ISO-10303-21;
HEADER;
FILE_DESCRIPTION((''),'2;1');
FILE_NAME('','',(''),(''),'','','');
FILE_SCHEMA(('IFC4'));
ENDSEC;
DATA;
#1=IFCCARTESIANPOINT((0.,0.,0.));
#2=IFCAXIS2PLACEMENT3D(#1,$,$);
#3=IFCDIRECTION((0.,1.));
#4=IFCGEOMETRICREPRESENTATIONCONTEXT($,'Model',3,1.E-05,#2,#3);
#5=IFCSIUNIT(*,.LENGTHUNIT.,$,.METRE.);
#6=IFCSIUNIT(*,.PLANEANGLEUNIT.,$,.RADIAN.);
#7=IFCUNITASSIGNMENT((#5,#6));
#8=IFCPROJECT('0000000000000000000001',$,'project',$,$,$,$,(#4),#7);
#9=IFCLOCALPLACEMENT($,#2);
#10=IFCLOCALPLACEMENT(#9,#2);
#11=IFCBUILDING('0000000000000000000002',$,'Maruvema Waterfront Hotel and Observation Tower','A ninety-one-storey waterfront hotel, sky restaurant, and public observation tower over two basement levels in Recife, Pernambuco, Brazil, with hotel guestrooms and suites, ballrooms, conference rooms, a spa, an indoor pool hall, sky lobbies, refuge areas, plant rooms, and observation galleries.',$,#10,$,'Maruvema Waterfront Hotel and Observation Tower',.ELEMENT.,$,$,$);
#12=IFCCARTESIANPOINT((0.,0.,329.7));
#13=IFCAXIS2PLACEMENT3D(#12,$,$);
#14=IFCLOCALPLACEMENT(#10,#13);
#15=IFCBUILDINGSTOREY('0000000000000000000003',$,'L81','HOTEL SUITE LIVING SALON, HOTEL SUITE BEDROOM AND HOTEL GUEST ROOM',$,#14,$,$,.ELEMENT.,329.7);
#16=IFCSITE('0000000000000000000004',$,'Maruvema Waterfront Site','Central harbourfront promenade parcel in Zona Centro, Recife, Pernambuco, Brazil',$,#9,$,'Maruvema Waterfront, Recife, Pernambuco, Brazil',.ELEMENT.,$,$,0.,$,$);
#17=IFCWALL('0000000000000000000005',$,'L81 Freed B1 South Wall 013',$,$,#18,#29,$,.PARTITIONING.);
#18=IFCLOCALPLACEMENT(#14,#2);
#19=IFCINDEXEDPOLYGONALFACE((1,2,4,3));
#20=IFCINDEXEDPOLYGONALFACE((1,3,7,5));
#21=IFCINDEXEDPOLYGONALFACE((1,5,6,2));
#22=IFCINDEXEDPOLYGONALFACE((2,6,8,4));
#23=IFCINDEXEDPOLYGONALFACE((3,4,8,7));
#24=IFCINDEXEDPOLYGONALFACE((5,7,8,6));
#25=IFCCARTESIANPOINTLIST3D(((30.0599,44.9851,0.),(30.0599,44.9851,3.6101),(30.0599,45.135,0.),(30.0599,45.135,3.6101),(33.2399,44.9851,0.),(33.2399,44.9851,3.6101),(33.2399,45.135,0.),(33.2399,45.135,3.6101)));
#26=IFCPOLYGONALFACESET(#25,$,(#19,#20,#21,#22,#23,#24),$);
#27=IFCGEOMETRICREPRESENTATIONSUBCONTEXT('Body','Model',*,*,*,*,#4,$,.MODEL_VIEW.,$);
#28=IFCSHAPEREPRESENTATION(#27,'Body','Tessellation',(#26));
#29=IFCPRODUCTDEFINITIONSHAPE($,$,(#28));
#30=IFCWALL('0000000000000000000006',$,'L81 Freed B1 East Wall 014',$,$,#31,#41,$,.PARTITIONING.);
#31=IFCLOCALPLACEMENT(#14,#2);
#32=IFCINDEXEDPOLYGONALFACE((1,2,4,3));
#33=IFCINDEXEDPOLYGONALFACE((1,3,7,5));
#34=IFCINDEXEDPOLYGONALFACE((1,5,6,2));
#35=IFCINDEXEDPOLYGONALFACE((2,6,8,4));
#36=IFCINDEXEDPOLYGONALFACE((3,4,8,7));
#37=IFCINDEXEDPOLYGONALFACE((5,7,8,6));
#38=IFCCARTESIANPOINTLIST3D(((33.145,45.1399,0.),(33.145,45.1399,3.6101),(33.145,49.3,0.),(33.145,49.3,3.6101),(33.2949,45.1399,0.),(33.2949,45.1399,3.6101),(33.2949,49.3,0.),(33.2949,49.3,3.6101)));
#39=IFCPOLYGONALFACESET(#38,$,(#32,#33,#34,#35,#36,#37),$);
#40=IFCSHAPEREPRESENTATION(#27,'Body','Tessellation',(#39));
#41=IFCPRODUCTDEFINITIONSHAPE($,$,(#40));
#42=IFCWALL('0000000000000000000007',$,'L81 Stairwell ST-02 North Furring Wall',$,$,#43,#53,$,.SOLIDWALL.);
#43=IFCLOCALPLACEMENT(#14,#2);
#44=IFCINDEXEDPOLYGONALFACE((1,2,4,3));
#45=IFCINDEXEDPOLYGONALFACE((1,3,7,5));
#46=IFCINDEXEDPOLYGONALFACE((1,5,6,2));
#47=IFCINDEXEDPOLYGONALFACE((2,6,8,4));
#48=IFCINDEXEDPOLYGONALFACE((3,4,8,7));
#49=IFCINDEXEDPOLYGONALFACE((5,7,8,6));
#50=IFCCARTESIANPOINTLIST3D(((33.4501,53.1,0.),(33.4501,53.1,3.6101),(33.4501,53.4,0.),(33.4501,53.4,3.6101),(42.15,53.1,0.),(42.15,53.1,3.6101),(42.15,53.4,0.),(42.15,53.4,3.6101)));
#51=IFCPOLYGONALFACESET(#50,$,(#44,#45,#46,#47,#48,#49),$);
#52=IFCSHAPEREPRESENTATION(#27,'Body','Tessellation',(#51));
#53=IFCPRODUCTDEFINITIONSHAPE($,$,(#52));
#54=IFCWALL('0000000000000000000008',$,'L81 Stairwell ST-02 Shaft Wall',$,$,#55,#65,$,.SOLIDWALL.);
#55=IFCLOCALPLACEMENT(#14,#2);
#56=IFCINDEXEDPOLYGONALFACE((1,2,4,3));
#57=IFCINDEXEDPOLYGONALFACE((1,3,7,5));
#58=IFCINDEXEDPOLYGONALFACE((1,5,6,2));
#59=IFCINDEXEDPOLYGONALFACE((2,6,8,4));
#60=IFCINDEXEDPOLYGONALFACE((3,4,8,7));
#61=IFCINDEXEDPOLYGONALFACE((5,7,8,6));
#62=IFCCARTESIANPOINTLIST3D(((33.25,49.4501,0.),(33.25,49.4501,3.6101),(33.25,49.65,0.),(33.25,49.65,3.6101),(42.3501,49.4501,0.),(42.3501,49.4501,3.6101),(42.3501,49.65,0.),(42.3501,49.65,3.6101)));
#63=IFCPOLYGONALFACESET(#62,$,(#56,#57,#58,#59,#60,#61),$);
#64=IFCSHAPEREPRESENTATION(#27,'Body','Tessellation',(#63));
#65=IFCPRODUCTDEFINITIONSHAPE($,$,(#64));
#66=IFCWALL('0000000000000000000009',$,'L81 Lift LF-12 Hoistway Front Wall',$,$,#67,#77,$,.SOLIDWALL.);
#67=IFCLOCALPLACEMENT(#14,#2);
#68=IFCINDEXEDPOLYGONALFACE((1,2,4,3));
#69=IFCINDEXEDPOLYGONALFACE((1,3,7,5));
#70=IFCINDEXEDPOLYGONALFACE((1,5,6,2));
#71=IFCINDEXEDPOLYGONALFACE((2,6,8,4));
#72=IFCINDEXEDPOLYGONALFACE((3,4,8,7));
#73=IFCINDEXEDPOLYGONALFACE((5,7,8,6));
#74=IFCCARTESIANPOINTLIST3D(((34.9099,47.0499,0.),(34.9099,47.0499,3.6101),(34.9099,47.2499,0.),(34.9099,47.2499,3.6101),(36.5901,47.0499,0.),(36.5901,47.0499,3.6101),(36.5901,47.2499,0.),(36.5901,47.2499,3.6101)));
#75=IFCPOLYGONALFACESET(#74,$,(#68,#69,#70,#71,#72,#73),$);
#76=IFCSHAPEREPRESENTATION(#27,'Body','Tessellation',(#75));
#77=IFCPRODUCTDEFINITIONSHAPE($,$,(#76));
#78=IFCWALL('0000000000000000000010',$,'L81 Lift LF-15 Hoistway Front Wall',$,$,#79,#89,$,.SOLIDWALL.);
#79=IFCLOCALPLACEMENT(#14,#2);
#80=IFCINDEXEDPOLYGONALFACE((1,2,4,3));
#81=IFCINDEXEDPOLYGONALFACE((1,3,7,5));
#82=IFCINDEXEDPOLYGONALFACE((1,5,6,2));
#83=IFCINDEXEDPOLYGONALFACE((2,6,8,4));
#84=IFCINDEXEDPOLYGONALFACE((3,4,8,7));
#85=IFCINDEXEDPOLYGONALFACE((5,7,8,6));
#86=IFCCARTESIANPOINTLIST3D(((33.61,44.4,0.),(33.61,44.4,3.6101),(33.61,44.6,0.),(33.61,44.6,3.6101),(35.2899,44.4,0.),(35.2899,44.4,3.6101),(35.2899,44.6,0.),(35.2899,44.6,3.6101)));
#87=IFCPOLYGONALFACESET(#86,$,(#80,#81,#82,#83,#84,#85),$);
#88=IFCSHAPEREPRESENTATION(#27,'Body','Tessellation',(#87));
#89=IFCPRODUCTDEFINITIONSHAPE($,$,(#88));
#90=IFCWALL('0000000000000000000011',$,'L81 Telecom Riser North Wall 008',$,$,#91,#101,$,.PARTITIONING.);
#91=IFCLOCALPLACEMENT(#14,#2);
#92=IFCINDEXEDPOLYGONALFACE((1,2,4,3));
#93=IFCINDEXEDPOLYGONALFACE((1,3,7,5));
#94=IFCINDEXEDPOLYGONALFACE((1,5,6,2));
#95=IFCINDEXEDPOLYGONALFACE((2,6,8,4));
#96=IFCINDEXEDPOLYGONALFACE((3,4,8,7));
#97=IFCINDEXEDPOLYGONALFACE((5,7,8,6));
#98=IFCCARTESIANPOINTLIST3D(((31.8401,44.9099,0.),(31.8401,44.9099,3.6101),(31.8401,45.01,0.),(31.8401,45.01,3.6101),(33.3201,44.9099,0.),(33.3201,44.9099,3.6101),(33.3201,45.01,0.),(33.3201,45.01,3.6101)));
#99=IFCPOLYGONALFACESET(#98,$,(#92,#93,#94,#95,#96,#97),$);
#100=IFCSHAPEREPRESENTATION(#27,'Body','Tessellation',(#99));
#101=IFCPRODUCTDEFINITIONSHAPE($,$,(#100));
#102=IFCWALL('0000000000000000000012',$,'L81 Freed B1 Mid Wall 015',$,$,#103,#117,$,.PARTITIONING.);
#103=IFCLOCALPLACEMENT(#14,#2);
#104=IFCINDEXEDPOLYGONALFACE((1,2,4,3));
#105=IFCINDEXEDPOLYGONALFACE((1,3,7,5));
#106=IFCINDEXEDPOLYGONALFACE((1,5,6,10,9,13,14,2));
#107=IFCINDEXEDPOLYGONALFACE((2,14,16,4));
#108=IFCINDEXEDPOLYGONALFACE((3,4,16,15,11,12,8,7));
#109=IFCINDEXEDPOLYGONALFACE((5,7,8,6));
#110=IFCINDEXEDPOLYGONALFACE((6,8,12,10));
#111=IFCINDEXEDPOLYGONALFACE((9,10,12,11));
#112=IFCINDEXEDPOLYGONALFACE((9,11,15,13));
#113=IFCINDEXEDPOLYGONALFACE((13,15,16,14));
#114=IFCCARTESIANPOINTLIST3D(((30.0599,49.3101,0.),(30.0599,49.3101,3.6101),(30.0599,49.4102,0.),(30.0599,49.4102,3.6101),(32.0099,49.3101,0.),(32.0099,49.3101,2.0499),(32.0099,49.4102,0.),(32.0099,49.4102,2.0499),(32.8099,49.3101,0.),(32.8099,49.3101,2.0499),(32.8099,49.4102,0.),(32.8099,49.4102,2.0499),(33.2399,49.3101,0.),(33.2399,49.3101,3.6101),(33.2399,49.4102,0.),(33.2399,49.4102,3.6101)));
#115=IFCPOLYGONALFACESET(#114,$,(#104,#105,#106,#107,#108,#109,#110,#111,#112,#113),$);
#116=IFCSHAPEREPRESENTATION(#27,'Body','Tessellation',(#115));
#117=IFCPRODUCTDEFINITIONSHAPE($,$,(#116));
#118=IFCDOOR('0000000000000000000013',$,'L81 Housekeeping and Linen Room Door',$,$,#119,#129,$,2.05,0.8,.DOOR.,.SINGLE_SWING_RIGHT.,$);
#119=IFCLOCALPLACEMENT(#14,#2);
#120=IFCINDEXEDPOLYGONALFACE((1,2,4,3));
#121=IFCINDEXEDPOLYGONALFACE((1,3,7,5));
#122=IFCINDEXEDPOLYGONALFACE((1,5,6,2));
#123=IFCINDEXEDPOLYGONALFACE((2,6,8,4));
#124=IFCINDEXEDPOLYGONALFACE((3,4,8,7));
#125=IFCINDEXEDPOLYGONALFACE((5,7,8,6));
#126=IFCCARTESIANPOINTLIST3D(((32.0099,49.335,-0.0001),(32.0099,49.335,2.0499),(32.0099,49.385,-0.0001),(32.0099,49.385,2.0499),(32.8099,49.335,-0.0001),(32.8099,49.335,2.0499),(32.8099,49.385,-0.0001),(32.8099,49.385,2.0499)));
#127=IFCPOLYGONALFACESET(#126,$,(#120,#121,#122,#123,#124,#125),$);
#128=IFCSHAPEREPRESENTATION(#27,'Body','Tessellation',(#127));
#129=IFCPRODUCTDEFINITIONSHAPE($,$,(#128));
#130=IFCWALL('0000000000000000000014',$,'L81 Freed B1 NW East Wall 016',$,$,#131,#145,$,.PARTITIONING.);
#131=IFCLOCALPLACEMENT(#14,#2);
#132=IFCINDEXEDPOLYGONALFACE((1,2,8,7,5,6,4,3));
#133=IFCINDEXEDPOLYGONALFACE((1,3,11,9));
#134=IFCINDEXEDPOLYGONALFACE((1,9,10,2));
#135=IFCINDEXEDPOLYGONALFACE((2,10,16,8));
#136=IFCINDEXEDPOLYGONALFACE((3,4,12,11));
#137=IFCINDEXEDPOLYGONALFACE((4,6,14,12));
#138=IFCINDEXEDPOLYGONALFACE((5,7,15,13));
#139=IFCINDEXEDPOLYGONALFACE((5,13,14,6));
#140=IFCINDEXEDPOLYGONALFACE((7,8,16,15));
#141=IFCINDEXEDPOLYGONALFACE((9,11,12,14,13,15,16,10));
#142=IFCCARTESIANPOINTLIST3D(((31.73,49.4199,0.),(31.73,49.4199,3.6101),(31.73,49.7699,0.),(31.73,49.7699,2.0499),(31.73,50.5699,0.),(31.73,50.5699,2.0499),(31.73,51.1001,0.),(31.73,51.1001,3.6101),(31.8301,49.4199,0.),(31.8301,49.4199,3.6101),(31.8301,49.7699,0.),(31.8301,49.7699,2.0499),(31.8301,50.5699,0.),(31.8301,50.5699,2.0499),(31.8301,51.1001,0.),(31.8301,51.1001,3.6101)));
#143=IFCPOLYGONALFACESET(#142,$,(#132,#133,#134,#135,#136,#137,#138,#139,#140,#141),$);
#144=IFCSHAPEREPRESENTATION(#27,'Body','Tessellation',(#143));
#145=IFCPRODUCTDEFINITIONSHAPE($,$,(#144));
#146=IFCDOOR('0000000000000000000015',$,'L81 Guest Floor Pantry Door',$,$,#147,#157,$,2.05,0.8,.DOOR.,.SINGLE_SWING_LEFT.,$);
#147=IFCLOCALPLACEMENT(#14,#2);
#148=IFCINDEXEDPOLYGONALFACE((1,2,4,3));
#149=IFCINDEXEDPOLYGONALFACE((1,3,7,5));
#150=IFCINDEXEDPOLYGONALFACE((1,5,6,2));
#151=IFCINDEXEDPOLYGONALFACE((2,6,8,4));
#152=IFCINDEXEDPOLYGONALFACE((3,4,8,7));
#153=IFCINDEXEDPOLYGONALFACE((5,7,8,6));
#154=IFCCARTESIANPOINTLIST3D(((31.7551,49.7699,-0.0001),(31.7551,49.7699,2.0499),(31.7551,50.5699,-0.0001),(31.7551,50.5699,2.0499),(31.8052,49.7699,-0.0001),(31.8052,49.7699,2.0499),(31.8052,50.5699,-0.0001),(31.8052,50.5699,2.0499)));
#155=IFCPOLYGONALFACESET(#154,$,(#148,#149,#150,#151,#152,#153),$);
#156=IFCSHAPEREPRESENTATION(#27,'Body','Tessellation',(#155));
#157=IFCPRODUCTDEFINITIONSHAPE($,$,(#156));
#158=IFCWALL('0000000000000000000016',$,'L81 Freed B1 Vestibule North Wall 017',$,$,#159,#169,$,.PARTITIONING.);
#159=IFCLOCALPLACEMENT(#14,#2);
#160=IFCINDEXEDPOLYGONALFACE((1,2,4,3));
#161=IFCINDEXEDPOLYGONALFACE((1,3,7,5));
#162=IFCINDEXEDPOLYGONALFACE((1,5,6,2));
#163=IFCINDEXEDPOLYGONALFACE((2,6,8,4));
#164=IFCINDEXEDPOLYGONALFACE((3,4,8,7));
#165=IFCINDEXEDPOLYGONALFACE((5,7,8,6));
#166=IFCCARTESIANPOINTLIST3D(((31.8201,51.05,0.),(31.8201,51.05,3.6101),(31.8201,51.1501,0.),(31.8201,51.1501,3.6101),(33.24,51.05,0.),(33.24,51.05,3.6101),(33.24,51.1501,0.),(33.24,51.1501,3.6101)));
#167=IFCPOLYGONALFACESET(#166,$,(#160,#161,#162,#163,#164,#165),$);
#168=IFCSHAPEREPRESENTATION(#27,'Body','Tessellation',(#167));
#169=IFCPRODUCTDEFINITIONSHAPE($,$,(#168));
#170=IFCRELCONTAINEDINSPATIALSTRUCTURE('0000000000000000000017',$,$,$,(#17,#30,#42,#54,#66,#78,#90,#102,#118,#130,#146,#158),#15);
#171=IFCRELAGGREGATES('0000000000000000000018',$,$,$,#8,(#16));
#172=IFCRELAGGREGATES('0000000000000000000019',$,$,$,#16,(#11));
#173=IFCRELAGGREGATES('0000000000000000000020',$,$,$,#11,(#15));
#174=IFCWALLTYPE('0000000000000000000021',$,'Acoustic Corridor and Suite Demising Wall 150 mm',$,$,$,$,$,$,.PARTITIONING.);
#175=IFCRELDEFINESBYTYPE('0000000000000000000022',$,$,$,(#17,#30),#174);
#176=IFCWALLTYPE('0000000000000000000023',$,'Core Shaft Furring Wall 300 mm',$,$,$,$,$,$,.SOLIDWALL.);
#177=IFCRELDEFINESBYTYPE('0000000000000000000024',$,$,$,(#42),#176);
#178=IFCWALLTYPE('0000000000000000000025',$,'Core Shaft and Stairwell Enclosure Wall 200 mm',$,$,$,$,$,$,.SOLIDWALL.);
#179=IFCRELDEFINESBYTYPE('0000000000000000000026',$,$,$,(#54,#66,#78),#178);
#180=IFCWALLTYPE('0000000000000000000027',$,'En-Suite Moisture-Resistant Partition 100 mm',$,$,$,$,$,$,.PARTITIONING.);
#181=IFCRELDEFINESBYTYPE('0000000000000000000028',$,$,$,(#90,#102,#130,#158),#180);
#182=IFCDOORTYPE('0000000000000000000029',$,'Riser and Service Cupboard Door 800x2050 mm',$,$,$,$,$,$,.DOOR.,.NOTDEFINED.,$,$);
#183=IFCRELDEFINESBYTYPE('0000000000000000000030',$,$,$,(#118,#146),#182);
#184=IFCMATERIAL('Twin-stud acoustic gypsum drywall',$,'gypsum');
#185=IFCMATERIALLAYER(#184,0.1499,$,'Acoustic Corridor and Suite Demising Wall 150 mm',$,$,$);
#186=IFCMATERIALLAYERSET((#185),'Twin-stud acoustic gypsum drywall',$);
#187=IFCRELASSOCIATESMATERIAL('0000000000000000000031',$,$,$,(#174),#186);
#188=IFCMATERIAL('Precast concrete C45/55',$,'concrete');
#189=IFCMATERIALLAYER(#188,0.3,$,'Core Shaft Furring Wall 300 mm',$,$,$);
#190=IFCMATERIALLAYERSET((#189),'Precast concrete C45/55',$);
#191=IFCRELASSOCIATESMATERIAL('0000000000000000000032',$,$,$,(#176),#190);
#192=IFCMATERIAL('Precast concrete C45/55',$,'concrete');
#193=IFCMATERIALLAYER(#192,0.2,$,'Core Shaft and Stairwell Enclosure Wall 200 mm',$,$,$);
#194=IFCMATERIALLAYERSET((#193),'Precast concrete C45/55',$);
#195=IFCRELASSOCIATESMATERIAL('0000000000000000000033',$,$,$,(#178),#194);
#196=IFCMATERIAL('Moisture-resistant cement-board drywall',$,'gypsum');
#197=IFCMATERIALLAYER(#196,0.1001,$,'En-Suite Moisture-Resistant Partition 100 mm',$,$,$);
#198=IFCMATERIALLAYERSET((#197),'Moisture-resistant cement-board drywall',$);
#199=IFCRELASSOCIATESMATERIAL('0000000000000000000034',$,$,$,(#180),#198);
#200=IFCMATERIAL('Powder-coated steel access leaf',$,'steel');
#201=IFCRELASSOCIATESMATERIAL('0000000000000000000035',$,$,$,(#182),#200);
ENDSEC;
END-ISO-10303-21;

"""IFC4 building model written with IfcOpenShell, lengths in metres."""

from ifc_helpers import new_model, si_unit, direction, frame, frame_2d, origin, place, context, subcontext, project, spatial, rectangle, extrude, material, layer, layer_set, type_object, element, fill, save


model = new_model("IFC4")

# Units and contexts
model_context = context("Model", 3, precision=1e-05, world=origin(), true_north=direction((0.0, 1.0)))
body_context = subcontext(model_context, "Body", "Model", "MODEL_VIEW")
ifc_project = project(units=[si_unit("LENGTHUNIT", "METRE"), si_unit("PLANEANGLEUNIT", "RADIAN")], contexts=[model_context])

# Site, building, storey
site_placement = place(None, origin())
site = spatial("IfcSite", under=ifc_project, at=site_placement, Name="Maruvema Waterfront Site", Description="Central harbourfront promenade parcel in Zona Centro, Recife, Pernambuco, Brazil", LongName="Maruvema Waterfront, Recife, Pernambuco, Brazil", CompositionType="ELEMENT", RefElevation=0.0)
building_placement = place(site_placement, origin())
building = spatial("IfcBuilding", under=site, at=building_placement, Name="Maruvema Waterfront Hotel and Observation Tower", Description="A ninety-one-storey waterfront hotel, sky restaurant, and public observation tower over two basement levels in Recife, Pernambuco, Brazil, with hotel guestrooms and suites, ballrooms, conference rooms, a spa, an indoor pool hall, sky lobbies, refuge areas, plant rooms, and observation galleries.", LongName="Maruvema Waterfront Hotel and Observation Tower", CompositionType="ELEMENT")
storey_placement = place(building_placement, frame((0.0, 0.0, 329.7)))
storey = spatial("IfcBuildingStorey", under=building, at=storey_placement, Name="L81", Description="HOTEL SUITE LIVING SALON, HOTEL SUITE BEDROOM AND HOTEL GUEST ROOM", CompositionType="ELEMENT", Elevation=329.7)

# Walls
ifc_material_1 = material(Name="Twin-stud acoustic gypsum drywall", Category="gypsum")
ifc_layer_1 = layer(ifc_material_1, 0.1499, Name="Acoustic Corridor and Suite Demising Wall 150 mm")
ifc_layer_set_1 = layer_set([ifc_layer_1], Name="Twin-stud acoustic gypsum drywall")
wall_type_1 = type_object("IfcWallType", Name="Acoustic Corridor and Suite Demising Wall 150 mm", PredefinedType="PARTITIONING", material=ifc_layer_set_1)
wall_1_placement = place(storey_placement, frame((30.0601, 45.0601, 0.0), z_axis=(0.0, 0.0, 1.0), x_axis=(1.0, 0.0, 0.0)))
element("IfcWall", 1, at=wall_1_placement, inside=storey, type_object=wall_type_1, Name="L81 Freed B1 South Wall 013", PredefinedType="PARTITIONING", context=body_context, shape_type="SweptSolid", body=[
    extrude(rectangle(XDim=3.1799, YDim=0.1499, at=frame_2d((1.5898, 0.0))), origin(), (0.0, 0.0, 1.0), 3.6101),
])
wall_2_placement = place(storey_placement, frame((33.22, 45.1399, 0.0), z_axis=(0.0, 0.0, 1.0), x_axis=(0.0, 1.0, 0.0)))
element("IfcWall", 2, at=wall_2_placement, inside=storey, type_object=wall_type_1, Name="L81 Freed B1 East Wall 014", PredefinedType="PARTITIONING", context=body_context, shape_type="SweptSolid", body=[
    extrude(rectangle(XDim=4.1602, YDim=0.1499, at=frame_2d((2.0801, 0.0))), origin(), (0.0, 0.0, 1.0), 3.6101),
])
ifc_material_2 = material(Name="Precast concrete C45/55", Category="concrete")
ifc_layer_2 = layer(ifc_material_2, 0.3, Name="Core Shaft Furring Wall 300 mm")
ifc_layer_set_2 = layer_set([ifc_layer_2], Name="Precast concrete C45/55")
wall_type_2 = type_object("IfcWallType", Name="Core Shaft Furring Wall 300 mm", PredefinedType="SOLIDWALL", material=ifc_layer_set_2)
wall_3_placement = place(storey_placement, frame((33.45, 53.25, 0.0), z_axis=(0.0, 0.0, 1.0), x_axis=(1.0, 0.0, 0.0)))
element("IfcWall", 3, at=wall_3_placement, inside=storey, type_object=wall_type_2, Name="L81 Stairwell ST-02 North Furring Wall", PredefinedType="SOLIDWALL", context=body_context, shape_type="SweptSolid", body=[
    extrude(rectangle(XDim=8.7, YDim=0.3, at=frame_2d((4.3501, 0.0))), origin(), (0.0, 0.0, 1.0), 3.6101),
])
ifc_material_3 = material(Name="Precast concrete C45/55", Category="concrete")
ifc_layer_3 = layer(ifc_material_3, 0.2, Name="Core Shaft and Stairwell Enclosure Wall 200 mm")
ifc_layer_set_3 = layer_set([ifc_layer_3], Name="Precast concrete C45/55")
wall_type_3 = type_object("IfcWallType", Name="Core Shaft and Stairwell Enclosure Wall 200 mm", PredefinedType="SOLIDWALL", material=ifc_layer_set_3)
wall_4_placement = place(storey_placement, frame((33.25, 49.55, 0.0), z_axis=(0.0, 0.0, 1.0), x_axis=(1.0, 0.0, 0.0)))
element("IfcWall", 4, at=wall_4_placement, inside=storey, type_object=wall_type_3, Name="L81 Stairwell ST-02 Shaft Wall", PredefinedType="SOLIDWALL", context=body_context, shape_type="SweptSolid", body=[
    extrude(rectangle(XDim=9.1001, YDim=0.2, at=frame_2d((4.55, 0.0))), origin(), (0.0, 0.0, 1.0), 3.6101),
])

# Walls
wall_5_placement = place(storey_placement, frame((34.9099, 47.1499, 0.0), z_axis=(0.0, 0.0, 1.0), x_axis=(1.0, 0.0, 0.0)))
element("IfcWall", 5, at=wall_5_placement, inside=storey, type_object=wall_type_3, Name="L81 Lift LF-12 Hoistway Front Wall", PredefinedType="SOLIDWALL", context=body_context, shape_type="SweptSolid", body=[
    extrude(rectangle(XDim=1.6802, YDim=0.2, at=frame_2d((0.8401, 0.0))), origin(), (0.0, 0.0, 1.0), 3.6101),
])
wall_6_placement = place(storey_placement, frame((33.6101, 44.5, 0.0), z_axis=(0.0, 0.0, 1.0), x_axis=(1.0, 0.0, 0.0)))
element("IfcWall", 6, at=wall_6_placement, inside=storey, type_object=wall_type_3, Name="L81 Lift LF-15 Hoistway Front Wall", PredefinedType="SOLIDWALL", context=body_context, shape_type="SweptSolid", body=[
    extrude(rectangle(XDim=1.6799, YDim=0.2, at=frame_2d((0.8398, 0.0))), origin(), (0.0, 0.0, 1.0), 3.6101),
])
ifc_material_4 = material(Name="Moisture-resistant cement-board drywall", Category="gypsum")
ifc_layer_4 = layer(ifc_material_4, 0.1001, Name="En-Suite Moisture-Resistant Partition 100 mm")
ifc_layer_set_4 = layer_set([ifc_layer_4], Name="Moisture-resistant cement-board drywall")
wall_type_4 = type_object("IfcWallType", Name="En-Suite Moisture-Resistant Partition 100 mm", PredefinedType="PARTITIONING", material=ifc_layer_set_4)
wall_7_placement = place(storey_placement, frame((31.8401, 44.96, 0.0), z_axis=(0.0, 0.0, 1.0), x_axis=(1.0, 0.0, 0.0)))
element("IfcWall", 7, at=wall_7_placement, inside=storey, type_object=wall_type_4, Name="L81 Telecom Riser North Wall 008", PredefinedType="PARTITIONING", context=body_context, shape_type="SweptSolid", body=[
    extrude(rectangle(XDim=1.48, YDim=0.1001, at=frame_2d((0.74, 0.0))), origin(), (0.0, 0.0, 1.0), 3.6101),
])

# Walls, openings, doors
wall_8_placement = place(storey_placement, frame((30.0601, 49.3601, 0.0), z_axis=(0.0, 0.0, 1.0), x_axis=(1.0, 0.0, 0.0)))
wall_8 = element("IfcWall", 8, at=wall_8_placement, inside=storey, type_object=wall_type_4, Name="L81 Freed B1 Mid Wall 015", PredefinedType="PARTITIONING", context=body_context, shape_type="SweptSolid", body=[
    extrude(rectangle(XDim=3.1799, YDim=0.1001, at=frame_2d((1.5898, 0.0))), origin(), (0.0, 0.0, 1.0), 3.6101),
])
opening_1_placement = place(wall_8_placement, frame((1.95, 0.0, 0.0)))
opening_1 = element("IfcOpeningElement", 9, at=opening_1_placement, cuts=wall_8, PredefinedType="OPENING", context=body_context, shape_type="SweptSolid", body=[
    extrude(rectangle(XDim=0.8, YDim=2.05, at=frame_2d((0.3999, 1.0249))), frame((0.0, 0.0601, 0.0), z_axis=(0.0, -1.0, 0.0), x_axis=(1.0, 0.0, 0.0)), (0.0, 0.0, 1.0), 0.1201),
])
ifc_material_5 = material(Name="Powder-coated steel access leaf", Category="steel")
door_type_1 = type_object("IfcDoorType", Name="Riser and Service Cupboard Door 800x2050 mm", OperationType="NOTDEFINED", PredefinedType="DOOR", material=ifc_material_5)
door_1_placement = place(opening_1_placement, origin())
door_1 = element("IfcDoor", 10, at=door_1_placement, inside=storey, type_object=door_type_1, Name="L81 Housekeeping and Linen Room Door", OperationType="SINGLE_SWING_RIGHT", OverallHeight=2.05, OverallWidth=0.8, PredefinedType="DOOR", context=body_context, shape_type="SweptSolid", body=[
    extrude(rectangle(XDim=0.8, YDim=2.05, at=frame_2d((0.3999, 1.0249))), frame((0.0, 0.0249, 0.0), z_axis=(0.0, -1.0, 0.0), x_axis=(1.0, 0.0, 0.0)), (0.0, 0.0, 1.0), 0.05),
])
fill(opening_1, door_1)
wall_9_placement = place(storey_placement, frame((31.78, 49.4199, 0.0), z_axis=(0.0, 0.0, 1.0), x_axis=(0.0, 1.0, 0.0)))
wall_9 = element("IfcWall", 11, at=wall_9_placement, inside=storey, type_object=wall_type_4, Name="L81 Freed B1 NW East Wall 016", PredefinedType="PARTITIONING", context=body_context, shape_type="SweptSolid", body=[
    extrude(rectangle(XDim=1.6802, YDim=0.1001, at=frame_2d((0.8401, 0.0))), origin(), (0.0, 0.0, 1.0), 3.6101),
])
opening_2_placement = place(wall_9_placement, frame((0.3501, 0.0, 0.0)))
opening_2 = element("IfcOpeningElement", 12, at=opening_2_placement, cuts=wall_9, PredefinedType="OPENING", context=body_context, shape_type="SweptSolid", body=[
    extrude(rectangle(XDim=0.8, YDim=2.05, at=frame_2d((0.3999, 1.0249))), frame((0.0, 0.0601, 0.0), z_axis=(0.0, -1.0, 0.0), x_axis=(1.0, 0.0, 0.0)), (0.0, 0.0, 1.0), 0.1201),
])
door_2_placement = place(opening_2_placement, origin())
door_2 = element("IfcDoor", 13, at=door_2_placement, inside=storey, type_object=door_type_1, Name="L81 Guest Floor Pantry Door", OperationType="SINGLE_SWING_LEFT", OverallHeight=2.05, OverallWidth=0.8, PredefinedType="DOOR", context=body_context, shape_type="SweptSolid", body=[
    extrude(rectangle(XDim=0.8, YDim=2.05, at=frame_2d((0.3999, 1.0249))), frame((0.0, 0.0249, 0.0), z_axis=(0.0, -1.0, 0.0), x_axis=(1.0, 0.0, 0.0)), (0.0, 0.0, 1.0), 0.05),
])
fill(opening_2, door_2)

# Wall
wall_10_placement = place(storey_placement, frame((31.8201, 51.1001, 0.0), z_axis=(0.0, 0.0, 1.0), x_axis=(1.0, 0.0, 0.0)))
element("IfcWall", 14, at=wall_10_placement, inside=storey, type_object=wall_type_4, Name="L81 Freed B1 Vestibule North Wall 017", PredefinedType="PARTITIONING", context=body_context, shape_type="SweptSolid", body=[
    extrude(rectangle(XDim=1.4199, YDim=0.1001, at=frame_2d((0.71, 0.0))), origin(), (0.0, 0.0, 1.0), 3.6101),
])

save(model, "model.ifc")
